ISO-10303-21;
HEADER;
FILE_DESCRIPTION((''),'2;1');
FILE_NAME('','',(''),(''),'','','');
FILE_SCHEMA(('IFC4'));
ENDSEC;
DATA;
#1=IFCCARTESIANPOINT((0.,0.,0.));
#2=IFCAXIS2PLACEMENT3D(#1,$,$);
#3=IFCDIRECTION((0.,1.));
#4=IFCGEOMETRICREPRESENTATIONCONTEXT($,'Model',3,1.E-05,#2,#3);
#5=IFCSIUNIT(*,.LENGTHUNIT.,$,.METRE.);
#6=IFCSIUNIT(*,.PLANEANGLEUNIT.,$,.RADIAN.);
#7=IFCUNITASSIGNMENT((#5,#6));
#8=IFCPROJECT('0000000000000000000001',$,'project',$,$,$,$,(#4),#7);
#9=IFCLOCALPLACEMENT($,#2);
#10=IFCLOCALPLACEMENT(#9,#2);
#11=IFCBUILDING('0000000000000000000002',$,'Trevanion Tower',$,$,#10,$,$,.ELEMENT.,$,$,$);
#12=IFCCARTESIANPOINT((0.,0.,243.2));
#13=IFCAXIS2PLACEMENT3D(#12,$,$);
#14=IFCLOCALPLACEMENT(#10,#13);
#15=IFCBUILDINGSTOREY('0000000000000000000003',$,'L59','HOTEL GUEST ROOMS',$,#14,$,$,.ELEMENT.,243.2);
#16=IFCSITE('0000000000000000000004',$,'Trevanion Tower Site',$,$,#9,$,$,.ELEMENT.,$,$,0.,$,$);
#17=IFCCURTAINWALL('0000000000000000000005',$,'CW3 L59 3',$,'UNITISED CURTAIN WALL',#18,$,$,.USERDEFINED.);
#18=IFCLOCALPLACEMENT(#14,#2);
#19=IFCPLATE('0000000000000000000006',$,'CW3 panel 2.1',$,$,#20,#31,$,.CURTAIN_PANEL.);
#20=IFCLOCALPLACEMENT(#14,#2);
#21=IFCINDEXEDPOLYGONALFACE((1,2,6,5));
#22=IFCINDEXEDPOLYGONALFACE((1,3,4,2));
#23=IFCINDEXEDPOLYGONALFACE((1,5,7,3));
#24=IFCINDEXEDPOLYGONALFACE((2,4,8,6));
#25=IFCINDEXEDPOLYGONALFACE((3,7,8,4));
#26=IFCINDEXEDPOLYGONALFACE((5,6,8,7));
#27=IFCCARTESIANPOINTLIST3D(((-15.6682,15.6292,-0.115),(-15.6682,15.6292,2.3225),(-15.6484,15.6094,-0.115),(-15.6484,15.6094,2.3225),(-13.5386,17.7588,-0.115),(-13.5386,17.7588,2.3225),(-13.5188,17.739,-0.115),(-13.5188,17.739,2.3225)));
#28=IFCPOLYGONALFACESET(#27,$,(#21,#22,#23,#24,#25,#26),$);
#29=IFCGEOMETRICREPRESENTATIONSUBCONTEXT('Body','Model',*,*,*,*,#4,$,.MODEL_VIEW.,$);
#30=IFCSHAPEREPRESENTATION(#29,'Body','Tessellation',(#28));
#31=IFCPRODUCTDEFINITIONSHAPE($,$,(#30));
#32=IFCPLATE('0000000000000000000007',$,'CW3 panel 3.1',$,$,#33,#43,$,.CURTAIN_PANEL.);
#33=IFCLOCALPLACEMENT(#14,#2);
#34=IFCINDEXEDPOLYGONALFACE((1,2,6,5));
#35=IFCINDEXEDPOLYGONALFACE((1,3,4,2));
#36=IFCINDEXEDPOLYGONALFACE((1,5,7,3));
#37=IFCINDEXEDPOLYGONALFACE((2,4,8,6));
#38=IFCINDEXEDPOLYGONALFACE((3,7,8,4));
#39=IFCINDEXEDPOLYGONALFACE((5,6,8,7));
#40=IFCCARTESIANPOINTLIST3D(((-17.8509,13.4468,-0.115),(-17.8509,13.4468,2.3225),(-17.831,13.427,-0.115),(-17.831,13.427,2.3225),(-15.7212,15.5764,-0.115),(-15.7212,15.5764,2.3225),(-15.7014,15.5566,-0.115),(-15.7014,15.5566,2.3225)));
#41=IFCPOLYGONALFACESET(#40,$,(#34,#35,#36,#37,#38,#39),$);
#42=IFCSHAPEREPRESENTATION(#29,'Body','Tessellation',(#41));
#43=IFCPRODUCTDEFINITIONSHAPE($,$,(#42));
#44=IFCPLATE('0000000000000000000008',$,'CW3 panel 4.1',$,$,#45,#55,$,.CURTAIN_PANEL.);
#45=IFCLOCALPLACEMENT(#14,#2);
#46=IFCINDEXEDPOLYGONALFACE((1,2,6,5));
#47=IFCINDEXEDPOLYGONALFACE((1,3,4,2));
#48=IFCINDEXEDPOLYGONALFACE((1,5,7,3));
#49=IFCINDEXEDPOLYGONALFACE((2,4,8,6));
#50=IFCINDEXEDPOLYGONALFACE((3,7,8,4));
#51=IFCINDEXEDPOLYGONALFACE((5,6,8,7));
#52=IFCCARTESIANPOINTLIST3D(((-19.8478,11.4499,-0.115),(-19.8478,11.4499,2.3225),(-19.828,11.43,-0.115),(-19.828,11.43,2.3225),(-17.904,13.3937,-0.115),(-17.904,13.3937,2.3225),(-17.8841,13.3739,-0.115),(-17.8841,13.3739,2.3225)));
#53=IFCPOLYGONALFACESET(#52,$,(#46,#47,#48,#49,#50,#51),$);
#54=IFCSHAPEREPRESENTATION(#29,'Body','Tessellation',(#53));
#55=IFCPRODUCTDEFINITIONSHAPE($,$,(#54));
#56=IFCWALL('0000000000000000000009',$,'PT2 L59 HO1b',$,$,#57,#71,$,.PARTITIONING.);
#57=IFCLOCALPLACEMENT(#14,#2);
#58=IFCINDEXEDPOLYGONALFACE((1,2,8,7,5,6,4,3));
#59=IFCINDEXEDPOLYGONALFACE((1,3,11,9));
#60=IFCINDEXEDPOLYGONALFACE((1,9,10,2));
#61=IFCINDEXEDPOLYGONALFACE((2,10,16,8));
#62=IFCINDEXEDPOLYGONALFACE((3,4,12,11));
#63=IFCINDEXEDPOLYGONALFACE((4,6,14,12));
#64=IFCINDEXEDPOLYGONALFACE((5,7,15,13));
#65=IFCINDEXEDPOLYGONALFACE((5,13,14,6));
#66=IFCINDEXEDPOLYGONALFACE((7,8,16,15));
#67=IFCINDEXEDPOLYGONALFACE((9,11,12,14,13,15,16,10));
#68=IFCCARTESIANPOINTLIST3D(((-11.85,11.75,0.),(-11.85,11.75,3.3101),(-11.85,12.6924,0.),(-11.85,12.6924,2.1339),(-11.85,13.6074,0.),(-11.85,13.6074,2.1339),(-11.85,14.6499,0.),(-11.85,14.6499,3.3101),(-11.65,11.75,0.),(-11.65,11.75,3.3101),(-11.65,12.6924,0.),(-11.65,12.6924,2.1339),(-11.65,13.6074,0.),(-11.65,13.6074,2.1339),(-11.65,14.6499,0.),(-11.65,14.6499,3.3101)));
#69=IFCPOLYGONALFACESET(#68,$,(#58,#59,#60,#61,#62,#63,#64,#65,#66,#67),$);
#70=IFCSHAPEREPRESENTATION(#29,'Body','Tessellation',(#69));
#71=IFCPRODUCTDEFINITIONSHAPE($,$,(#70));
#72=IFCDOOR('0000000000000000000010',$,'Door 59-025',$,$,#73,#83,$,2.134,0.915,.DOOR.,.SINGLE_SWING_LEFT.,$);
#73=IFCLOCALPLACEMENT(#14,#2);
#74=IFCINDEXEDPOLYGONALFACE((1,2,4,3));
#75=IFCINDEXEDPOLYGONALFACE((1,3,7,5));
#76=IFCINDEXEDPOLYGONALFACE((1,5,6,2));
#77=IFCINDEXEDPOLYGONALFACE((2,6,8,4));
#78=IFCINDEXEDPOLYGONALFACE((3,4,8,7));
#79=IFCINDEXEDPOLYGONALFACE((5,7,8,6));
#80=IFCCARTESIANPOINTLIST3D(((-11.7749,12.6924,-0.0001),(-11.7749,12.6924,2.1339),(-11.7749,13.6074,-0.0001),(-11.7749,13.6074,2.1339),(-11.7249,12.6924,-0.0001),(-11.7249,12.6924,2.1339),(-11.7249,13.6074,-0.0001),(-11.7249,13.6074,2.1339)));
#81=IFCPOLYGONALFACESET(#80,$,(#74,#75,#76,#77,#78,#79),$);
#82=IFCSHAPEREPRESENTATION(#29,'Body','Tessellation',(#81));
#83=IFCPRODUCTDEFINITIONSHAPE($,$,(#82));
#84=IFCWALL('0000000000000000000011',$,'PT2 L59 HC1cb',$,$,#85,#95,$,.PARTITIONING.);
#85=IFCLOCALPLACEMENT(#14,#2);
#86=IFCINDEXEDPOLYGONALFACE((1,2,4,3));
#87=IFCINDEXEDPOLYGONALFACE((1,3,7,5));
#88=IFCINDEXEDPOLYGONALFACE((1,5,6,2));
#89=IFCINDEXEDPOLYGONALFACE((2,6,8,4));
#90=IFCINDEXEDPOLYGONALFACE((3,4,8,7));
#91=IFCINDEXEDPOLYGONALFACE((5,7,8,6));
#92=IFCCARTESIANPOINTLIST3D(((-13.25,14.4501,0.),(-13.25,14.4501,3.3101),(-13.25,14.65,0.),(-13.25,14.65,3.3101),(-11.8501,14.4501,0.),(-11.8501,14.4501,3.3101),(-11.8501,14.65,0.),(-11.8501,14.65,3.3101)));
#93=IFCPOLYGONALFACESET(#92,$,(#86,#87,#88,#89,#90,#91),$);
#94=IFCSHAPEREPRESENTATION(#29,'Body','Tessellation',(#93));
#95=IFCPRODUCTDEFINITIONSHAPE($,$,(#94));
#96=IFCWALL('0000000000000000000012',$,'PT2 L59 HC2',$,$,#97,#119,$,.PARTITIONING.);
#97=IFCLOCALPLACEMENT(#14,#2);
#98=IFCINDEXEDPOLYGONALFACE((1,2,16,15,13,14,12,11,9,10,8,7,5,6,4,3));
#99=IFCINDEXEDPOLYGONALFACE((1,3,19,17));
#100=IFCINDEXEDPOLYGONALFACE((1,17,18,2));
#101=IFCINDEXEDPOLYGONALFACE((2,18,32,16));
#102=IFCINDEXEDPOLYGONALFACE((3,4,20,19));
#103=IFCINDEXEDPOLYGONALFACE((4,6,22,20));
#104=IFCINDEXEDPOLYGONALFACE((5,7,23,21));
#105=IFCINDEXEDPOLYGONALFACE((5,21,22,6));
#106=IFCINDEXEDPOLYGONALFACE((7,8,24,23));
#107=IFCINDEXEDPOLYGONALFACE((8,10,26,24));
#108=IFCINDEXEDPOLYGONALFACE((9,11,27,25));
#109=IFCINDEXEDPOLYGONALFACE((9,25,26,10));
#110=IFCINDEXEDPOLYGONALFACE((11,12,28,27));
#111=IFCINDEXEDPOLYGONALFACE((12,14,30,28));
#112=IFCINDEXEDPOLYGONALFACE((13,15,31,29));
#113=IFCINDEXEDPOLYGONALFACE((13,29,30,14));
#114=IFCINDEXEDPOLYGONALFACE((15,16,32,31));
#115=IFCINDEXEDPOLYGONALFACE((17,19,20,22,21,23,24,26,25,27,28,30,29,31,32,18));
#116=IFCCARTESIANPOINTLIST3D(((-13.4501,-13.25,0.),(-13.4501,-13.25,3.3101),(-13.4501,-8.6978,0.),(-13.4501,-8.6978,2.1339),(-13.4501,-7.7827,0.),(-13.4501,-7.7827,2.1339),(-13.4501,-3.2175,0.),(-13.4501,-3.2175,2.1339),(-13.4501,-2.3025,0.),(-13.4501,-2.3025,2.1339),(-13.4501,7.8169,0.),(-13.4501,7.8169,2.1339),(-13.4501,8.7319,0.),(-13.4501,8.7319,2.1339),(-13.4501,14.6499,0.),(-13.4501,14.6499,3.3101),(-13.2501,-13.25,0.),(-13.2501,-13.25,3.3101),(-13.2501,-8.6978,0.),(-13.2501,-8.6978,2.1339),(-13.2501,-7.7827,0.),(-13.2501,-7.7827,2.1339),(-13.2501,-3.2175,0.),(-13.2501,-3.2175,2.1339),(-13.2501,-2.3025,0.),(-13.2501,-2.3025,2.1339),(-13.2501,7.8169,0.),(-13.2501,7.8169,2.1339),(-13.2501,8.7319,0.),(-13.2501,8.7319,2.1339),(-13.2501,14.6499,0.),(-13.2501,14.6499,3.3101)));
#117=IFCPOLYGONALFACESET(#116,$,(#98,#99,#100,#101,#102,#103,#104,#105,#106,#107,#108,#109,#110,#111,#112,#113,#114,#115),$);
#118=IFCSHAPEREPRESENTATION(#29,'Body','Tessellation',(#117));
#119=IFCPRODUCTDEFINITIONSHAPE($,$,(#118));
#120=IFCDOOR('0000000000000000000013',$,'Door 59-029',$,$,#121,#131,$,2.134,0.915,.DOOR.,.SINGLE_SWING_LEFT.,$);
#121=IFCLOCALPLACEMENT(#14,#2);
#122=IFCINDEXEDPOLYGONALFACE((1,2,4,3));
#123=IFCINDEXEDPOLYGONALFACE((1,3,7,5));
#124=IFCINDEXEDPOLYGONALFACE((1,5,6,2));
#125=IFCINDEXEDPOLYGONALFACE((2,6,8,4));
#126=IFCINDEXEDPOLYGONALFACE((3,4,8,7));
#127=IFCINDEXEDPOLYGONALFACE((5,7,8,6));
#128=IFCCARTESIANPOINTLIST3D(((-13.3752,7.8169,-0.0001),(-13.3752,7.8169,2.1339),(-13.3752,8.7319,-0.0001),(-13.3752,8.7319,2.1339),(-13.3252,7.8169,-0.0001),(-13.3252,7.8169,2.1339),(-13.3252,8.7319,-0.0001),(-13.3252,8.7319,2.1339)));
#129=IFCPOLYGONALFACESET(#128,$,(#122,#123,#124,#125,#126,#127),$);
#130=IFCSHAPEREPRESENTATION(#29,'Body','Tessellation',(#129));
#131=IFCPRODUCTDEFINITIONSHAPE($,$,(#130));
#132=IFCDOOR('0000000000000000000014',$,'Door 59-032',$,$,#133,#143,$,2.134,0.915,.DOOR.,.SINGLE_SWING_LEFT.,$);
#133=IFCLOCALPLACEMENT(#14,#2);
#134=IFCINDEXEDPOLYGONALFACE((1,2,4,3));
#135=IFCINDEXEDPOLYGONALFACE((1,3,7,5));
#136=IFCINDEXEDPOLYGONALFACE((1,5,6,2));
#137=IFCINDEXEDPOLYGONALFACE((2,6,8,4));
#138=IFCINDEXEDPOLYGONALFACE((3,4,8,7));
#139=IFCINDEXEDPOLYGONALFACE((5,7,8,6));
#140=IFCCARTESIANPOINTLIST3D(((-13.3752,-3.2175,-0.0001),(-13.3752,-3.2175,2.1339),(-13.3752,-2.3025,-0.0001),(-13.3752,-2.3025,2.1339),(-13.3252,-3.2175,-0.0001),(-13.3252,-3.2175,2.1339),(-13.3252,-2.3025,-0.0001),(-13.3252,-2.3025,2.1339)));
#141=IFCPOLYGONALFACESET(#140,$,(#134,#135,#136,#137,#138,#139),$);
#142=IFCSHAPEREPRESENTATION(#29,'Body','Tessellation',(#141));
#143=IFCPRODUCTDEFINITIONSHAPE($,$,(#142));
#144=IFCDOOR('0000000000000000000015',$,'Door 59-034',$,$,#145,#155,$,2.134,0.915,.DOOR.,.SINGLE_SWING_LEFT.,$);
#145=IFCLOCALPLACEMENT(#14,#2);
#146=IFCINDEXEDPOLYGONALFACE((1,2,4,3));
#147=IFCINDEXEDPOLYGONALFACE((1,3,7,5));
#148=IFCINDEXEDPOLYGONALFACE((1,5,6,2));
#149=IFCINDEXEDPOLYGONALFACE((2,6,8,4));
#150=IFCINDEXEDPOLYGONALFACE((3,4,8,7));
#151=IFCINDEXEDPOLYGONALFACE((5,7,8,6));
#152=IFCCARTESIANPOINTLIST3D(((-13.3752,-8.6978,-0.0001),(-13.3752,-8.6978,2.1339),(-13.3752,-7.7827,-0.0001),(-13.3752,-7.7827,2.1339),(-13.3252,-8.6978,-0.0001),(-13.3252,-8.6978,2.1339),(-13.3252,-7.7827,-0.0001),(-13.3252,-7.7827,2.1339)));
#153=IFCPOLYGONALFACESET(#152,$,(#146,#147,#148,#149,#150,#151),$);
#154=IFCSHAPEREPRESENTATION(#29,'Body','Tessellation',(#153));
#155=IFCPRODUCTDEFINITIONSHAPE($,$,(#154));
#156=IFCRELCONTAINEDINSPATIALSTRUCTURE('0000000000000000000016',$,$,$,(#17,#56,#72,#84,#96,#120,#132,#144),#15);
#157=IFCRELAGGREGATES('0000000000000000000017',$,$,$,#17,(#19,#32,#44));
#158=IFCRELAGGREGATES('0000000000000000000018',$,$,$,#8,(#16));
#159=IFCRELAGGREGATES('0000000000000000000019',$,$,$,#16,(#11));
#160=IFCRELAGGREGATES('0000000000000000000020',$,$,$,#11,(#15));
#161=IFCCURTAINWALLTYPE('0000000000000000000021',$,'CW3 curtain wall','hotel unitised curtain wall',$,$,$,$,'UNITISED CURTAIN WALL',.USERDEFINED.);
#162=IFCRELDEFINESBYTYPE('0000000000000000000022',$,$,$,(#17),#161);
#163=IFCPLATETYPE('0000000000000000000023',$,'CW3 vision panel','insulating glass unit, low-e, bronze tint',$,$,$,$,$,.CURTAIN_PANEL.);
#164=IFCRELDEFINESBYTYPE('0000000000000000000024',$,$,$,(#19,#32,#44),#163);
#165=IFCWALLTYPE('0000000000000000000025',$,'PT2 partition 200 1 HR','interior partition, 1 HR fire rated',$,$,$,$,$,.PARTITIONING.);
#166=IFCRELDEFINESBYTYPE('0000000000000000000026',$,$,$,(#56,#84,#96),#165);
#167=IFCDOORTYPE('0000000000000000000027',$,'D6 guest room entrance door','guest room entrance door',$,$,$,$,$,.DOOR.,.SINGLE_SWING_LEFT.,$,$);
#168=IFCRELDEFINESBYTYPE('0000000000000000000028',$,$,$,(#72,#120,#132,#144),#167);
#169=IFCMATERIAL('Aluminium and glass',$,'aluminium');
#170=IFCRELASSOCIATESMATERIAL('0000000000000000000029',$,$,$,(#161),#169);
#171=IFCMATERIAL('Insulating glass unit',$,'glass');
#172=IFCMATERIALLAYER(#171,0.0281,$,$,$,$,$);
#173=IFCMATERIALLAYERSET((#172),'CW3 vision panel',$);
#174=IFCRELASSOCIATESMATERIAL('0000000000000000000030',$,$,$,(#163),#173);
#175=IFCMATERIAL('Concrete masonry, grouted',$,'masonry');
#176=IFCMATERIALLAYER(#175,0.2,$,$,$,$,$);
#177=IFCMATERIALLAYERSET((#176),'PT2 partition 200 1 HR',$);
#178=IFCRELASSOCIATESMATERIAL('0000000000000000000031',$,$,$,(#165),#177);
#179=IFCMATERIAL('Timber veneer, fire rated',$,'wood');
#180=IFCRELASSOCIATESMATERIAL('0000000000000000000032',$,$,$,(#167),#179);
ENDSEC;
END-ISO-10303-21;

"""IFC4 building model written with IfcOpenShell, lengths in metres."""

from ifc_helpers import new_model, si_unit, direction, frame, frame_2d, origin, origin_2d, place, context, subcontext, project, spatial, rectangle, extrude, material, layer, layer_set, type_object, element, fill, aggregate, save


model = new_model("IFC4")

# Units and contexts
model_context = context("Model", 3, precision=1e-05, world=origin(), true_north=direction((0.0, 1.0)))
body_context = subcontext(model_context, "Body", "Model", "MODEL_VIEW")
ifc_project = project(units=[si_unit("LENGTHUNIT", "METRE"), si_unit("PLANEANGLEUNIT", "RADIAN")], contexts=[model_context])

# Site, building, storey
site_placement = place(None, origin())
site = spatial("IfcSite", under=ifc_project, at=site_placement, Name="Trevanion Tower Site", CompositionType="ELEMENT", RefElevation=0.0)
building_placement = place(site_placement, origin())
building = spatial("IfcBuilding", under=site, at=building_placement, Name="Trevanion Tower", CompositionType="ELEMENT")
storey_placement = place(building_placement, frame((0.0, 0.0, 243.2)))
storey = spatial("IfcBuildingStorey", under=building, at=storey_placement, Name="L59", Description="HOTEL GUEST ROOMS", CompositionType="ELEMENT", Elevation=243.2)

# Curtain wall
ifc_material_1 = material(Name="Aluminium and glass", Category="aluminium")
curtain_wall_type = type_object("IfcCurtainWallType", Name="CW3 curtain wall", Description="hotel unitised curtain wall", ElementType="UNITISED CURTAIN WALL", PredefinedType="USERDEFINED", material=ifc_material_1)
curtain_wall_1_placement = place(storey_placement, origin())
curtain_wall_1 = element("IfcCurtainWall", 1, at=curtain_wall_1_placement, inside=storey, type_object=curtain_wall_type, Name="CW3 L59 3", ObjectType="UNITISED CURTAIN WALL", PredefinedType="USERDEFINED")

# Plates
ifc_material_2 = material(Name="Insulating glass unit", Category="glass")
ifc_layer_1 = layer(ifc_material_2, 0.0281)
ifc_layer_set_1 = layer_set([ifc_layer_1], Name="CW3 vision panel")
plate_type_1 = type_object("IfcPlateType", Name="CW3 vision panel", Description="insulating glass unit, low-e, bronze tint", PredefinedType="CURTAIN_PANEL", material=ifc_layer_set_1)
plate_1_placement = place(storey_placement, frame((-14.5935, 16.6841, -0.115), z_axis=(0.0, 0.0, 1.0), x_axis=(-0.707107, -0.707107, 0.0)))
plate_1 = element("IfcPlate", 2, at=plate_1_placement, type_object=plate_type_1, Name="CW3 panel 2.1", PredefinedType="CURTAIN_PANEL", context=body_context, shape_type="SweptSolid", body=[
    extrude(rectangle(XDim=3.0117, YDim=0.0281, at=origin_2d()), origin(), (0.0, 0.0, 1.0), 2.4375),
])
plate_2_placement = place(storey_placement, frame((-16.7761, 14.5017, -0.115), z_axis=(0.0, 0.0, 1.0), x_axis=(-0.707107, -0.707107, 0.0)))
plate_2 = element("IfcPlate", 3, at=plate_2_placement, type_object=plate_type_1, Name="CW3 panel 3.1", PredefinedType="CURTAIN_PANEL", context=body_context, shape_type="SweptSolid", body=[
    extrude(rectangle(XDim=3.0117, YDim=0.0281, at=origin_2d()), origin(), (0.0, 0.0, 1.0), 2.4375),
])
plate_3_placement = place(storey_placement, frame((-18.866, 12.4119, -0.115), z_axis=(0.0, 0.0, 1.0), x_axis=(-0.707107, -0.707107, 0.0)))
plate_3 = element("IfcPlate", 4, at=plate_3_placement, type_object=plate_type_1, Name="CW3 panel 4.1", PredefinedType="CURTAIN_PANEL", context=body_context, shape_type="SweptSolid", body=[
    extrude(rectangle(XDim=2.749, YDim=0.0281, at=origin_2d()), origin(), (0.0, 0.0, 1.0), 2.4375),
])
aggregate(curtain_wall_1, [plate_1, plate_2, plate_3])

# Wall, opening, door
ifc_material_3 = material(Name="Concrete masonry, grouted", Category="masonry")
ifc_layer_2 = layer(ifc_material_3, 0.2)
ifc_layer_set_2 = layer_set([ifc_layer_2], Name="PT2 partition 200 1 HR")
wall_type = type_object("IfcWallType", Name="PT2 partition 200 1 HR", Description="interior partition, 1 HR fire rated", PredefinedType="PARTITIONING", material=ifc_layer_set_2)
wall_1_placement = place(storey_placement, frame((-11.75, 11.75, 0.0), z_axis=(0.0, 0.0, 1.0), x_axis=(0.0, 1.0, 0.0)))
wall_1 = element("IfcWall", 5, at=wall_1_placement, inside=storey, type_object=wall_type, Name="PT2 L59 HO1b", PredefinedType="PARTITIONING", context=body_context, shape_type="SweptSolid", body=[
    extrude(rectangle(XDim=2.8999, YDim=0.2, at=frame_2d((1.45, 0.0))), origin(), (0.0, 0.0, 1.0), 3.3101),
])
opening_1_placement = place(wall_1_placement, frame((0.9424, 0.0, 0.0)))
opening_1 = element("IfcOpeningElement", 6, at=opening_1_placement, cuts=wall_1, PredefinedType="OPENING", context=body_context, shape_type="SweptSolid", body=[
    extrude(rectangle(XDim=0.915, YDim=2.134, at=frame_2d((0.4575, 1.0669))), frame((0.0, 0.1099, 0.0), z_axis=(0.0, -1.0, 0.0), x_axis=(1.0, 0.0, 0.0)), (0.0, 0.0, 1.0), 0.22),
])
ifc_material_4 = material(Name="Timber veneer, fire rated", Category="wood")
door_type = type_object("IfcDoorType", Name="D6 guest room entrance door", Description="guest room entrance door", OperationType="SINGLE_SWING_LEFT", PredefinedType="DOOR", material=ifc_material_4)
door_1_placement = place(opening_1_placement, origin())
door_1 = element("IfcDoor", 7, at=door_1_placement, inside=storey, type_object=door_type, Name="Door 59-025", OperationType="SINGLE_SWING_LEFT", OverallHeight=2.134, OverallWidth=0.915, PredefinedType="DOOR", context=body_context, shape_type="SweptSolid", body=[
    extrude(rectangle(XDim=0.915, YDim=2.134, at=frame_2d((0.4575, 1.0669))), frame((0.0, 0.0249, 0.0), z_axis=(0.0, -1.0, 0.0), x_axis=(1.0, 0.0, 0.0)), (0.0, 0.0, 1.0), 0.05),
])
fill(opening_1, door_1)

# Wall
wall_2_placement = place(storey_placement, frame((-11.8501, 14.55, 0.0), z_axis=(0.0, 0.0, 1.0), x_axis=(-1.0, 0.0, 0.0)))
element("IfcWall", 8, at=wall_2_placement, inside=storey, type_object=wall_type, Name="PT2 L59 HC1cb", PredefinedType="PARTITIONING", context=body_context, shape_type="SweptSolid", body=[
    extrude(rectangle(XDim=1.3999, YDim=0.2, at=frame_2d((0.7, 0.0))), origin(), (0.0, 0.0, 1.0), 3.3101),
])

# Wall, openings, doors
wall_3_placement = place(storey_placement, frame((-13.3501, 14.6499, 0.0), z_axis=(0.0, 0.0, 1.0), x_axis=(0.0, -1.0, 0.0)))
wall_3 = element("IfcWall", 9, at=wall_3_placement, inside=storey, type_object=wall_type, Name="PT2 L59 HC2", PredefinedType="PARTITIONING", context=body_context, shape_type="SweptSolid", body=[
    extrude(rectangle(XDim=27.8999, YDim=0.2, at=frame_2d((13.95, 0.0))), origin(), (0.0, 0.0, 1.0), 3.3101),
])
opening_2_placement = place(wall_3_placement, frame((5.918, 0.0, 0.0)))
opening_2 = element("IfcOpeningElement", 10, at=opening_2_placement, cuts=wall_3, PredefinedType="OPENING", context=body_context, shape_type="SweptSolid", body=[
    extrude(rectangle(XDim=0.915, YDim=2.134, at=frame_2d((0.4575, 1.0669))), frame((0.0, 0.1099, 0.0), z_axis=(0.0, -1.0, 0.0), x_axis=(1.0, 0.0, 0.0)), (0.0, 0.0, 1.0), 0.22),
])
opening_3_placement = place(wall_3_placement, frame((16.9524, 0.0, 0.0)))
opening_3 = element("IfcOpeningElement", 11, at=opening_3_placement, cuts=wall_3, PredefinedType="OPENING", context=body_context, shape_type="SweptSolid", body=[
    extrude(rectangle(XDim=0.915, YDim=2.134, at=frame_2d((0.4575, 1.0669))), frame((0.0, 0.1099, 0.0), z_axis=(0.0, -1.0, 0.0), x_axis=(1.0, 0.0, 0.0)), (0.0, 0.0, 1.0), 0.22),
])
opening_4_placement = place(wall_3_placement, frame((22.4326, 0.0, 0.0)))
opening_4 = element("IfcOpeningElement", 12, at=opening_4_placement, cuts=wall_3, PredefinedType="OPENING", context=body_context, shape_type="SweptSolid", body=[
    extrude(rectangle(XDim=0.915, YDim=2.134, at=frame_2d((0.4575, 1.0669))), frame((0.0, 0.1099, 0.0), z_axis=(0.0, -1.0, 0.0), x_axis=(1.0, 0.0, 0.0)), (0.0, 0.0, 1.0), 0.22),
])
door_2_placement = place(opening_2_placement, origin())
door_2 = element("IfcDoor", 13, at=door_2_placement, inside=storey, type_object=door_type, Name="Door 59-029", OperationType="SINGLE_SWING_LEFT", OverallHeight=2.134, OverallWidth=0.915, PredefinedType="DOOR", context=body_context, shape_type="SweptSolid", body=[
    extrude(rectangle(XDim=0.915, YDim=2.134, at=frame_2d((0.4575, 1.0669))), frame((0.0, 0.0249, 0.0), z_axis=(0.0, -1.0, 0.0), x_axis=(1.0, 0.0, 0.0)), (0.0, 0.0, 1.0), 0.05),
])
fill(opening_2, door_2)
door_3_placement = place(opening_3_placement, origin())
door_3 = element("IfcDoor", 14, at=door_3_placement, inside=storey, type_object=door_type, Name="Door 59-032", OperationType="SINGLE_SWING_LEFT", OverallHeight=2.134, OverallWidth=0.915, PredefinedType="DOOR", context=body_context, shape_type="SweptSolid", body=[
    extrude(rectangle(XDim=0.915, YDim=2.134, at=frame_2d((0.4575, 1.0669))), frame((0.0, 0.0249, 0.0), z_axis=(0.0, -1.0, 0.0), x_axis=(1.0, 0.0, 0.0)), (0.0, 0.0, 1.0), 0.05),
])
fill(opening_3, door_3)
door_4_placement = place(opening_4_placement, origin())
door_4 = element("IfcDoor", 15, at=door_4_placement, inside=storey, type_object=door_type, Name="Door 59-034", OperationType="SINGLE_SWING_LEFT", OverallHeight=2.134, OverallWidth=0.915, PredefinedType="DOOR", context=body_context, shape_type="SweptSolid", body=[
    extrude(rectangle(XDim=0.915, YDim=2.134, at=frame_2d((0.4575, 1.0669))), frame((0.0, 0.0249, 0.0), z_axis=(0.0, -1.0, 0.0), x_axis=(1.0, 0.0, 0.0)), (0.0, 0.0, 1.0), 0.05),
])
fill(opening_4, door_4)

save(model, "model.ifc")
